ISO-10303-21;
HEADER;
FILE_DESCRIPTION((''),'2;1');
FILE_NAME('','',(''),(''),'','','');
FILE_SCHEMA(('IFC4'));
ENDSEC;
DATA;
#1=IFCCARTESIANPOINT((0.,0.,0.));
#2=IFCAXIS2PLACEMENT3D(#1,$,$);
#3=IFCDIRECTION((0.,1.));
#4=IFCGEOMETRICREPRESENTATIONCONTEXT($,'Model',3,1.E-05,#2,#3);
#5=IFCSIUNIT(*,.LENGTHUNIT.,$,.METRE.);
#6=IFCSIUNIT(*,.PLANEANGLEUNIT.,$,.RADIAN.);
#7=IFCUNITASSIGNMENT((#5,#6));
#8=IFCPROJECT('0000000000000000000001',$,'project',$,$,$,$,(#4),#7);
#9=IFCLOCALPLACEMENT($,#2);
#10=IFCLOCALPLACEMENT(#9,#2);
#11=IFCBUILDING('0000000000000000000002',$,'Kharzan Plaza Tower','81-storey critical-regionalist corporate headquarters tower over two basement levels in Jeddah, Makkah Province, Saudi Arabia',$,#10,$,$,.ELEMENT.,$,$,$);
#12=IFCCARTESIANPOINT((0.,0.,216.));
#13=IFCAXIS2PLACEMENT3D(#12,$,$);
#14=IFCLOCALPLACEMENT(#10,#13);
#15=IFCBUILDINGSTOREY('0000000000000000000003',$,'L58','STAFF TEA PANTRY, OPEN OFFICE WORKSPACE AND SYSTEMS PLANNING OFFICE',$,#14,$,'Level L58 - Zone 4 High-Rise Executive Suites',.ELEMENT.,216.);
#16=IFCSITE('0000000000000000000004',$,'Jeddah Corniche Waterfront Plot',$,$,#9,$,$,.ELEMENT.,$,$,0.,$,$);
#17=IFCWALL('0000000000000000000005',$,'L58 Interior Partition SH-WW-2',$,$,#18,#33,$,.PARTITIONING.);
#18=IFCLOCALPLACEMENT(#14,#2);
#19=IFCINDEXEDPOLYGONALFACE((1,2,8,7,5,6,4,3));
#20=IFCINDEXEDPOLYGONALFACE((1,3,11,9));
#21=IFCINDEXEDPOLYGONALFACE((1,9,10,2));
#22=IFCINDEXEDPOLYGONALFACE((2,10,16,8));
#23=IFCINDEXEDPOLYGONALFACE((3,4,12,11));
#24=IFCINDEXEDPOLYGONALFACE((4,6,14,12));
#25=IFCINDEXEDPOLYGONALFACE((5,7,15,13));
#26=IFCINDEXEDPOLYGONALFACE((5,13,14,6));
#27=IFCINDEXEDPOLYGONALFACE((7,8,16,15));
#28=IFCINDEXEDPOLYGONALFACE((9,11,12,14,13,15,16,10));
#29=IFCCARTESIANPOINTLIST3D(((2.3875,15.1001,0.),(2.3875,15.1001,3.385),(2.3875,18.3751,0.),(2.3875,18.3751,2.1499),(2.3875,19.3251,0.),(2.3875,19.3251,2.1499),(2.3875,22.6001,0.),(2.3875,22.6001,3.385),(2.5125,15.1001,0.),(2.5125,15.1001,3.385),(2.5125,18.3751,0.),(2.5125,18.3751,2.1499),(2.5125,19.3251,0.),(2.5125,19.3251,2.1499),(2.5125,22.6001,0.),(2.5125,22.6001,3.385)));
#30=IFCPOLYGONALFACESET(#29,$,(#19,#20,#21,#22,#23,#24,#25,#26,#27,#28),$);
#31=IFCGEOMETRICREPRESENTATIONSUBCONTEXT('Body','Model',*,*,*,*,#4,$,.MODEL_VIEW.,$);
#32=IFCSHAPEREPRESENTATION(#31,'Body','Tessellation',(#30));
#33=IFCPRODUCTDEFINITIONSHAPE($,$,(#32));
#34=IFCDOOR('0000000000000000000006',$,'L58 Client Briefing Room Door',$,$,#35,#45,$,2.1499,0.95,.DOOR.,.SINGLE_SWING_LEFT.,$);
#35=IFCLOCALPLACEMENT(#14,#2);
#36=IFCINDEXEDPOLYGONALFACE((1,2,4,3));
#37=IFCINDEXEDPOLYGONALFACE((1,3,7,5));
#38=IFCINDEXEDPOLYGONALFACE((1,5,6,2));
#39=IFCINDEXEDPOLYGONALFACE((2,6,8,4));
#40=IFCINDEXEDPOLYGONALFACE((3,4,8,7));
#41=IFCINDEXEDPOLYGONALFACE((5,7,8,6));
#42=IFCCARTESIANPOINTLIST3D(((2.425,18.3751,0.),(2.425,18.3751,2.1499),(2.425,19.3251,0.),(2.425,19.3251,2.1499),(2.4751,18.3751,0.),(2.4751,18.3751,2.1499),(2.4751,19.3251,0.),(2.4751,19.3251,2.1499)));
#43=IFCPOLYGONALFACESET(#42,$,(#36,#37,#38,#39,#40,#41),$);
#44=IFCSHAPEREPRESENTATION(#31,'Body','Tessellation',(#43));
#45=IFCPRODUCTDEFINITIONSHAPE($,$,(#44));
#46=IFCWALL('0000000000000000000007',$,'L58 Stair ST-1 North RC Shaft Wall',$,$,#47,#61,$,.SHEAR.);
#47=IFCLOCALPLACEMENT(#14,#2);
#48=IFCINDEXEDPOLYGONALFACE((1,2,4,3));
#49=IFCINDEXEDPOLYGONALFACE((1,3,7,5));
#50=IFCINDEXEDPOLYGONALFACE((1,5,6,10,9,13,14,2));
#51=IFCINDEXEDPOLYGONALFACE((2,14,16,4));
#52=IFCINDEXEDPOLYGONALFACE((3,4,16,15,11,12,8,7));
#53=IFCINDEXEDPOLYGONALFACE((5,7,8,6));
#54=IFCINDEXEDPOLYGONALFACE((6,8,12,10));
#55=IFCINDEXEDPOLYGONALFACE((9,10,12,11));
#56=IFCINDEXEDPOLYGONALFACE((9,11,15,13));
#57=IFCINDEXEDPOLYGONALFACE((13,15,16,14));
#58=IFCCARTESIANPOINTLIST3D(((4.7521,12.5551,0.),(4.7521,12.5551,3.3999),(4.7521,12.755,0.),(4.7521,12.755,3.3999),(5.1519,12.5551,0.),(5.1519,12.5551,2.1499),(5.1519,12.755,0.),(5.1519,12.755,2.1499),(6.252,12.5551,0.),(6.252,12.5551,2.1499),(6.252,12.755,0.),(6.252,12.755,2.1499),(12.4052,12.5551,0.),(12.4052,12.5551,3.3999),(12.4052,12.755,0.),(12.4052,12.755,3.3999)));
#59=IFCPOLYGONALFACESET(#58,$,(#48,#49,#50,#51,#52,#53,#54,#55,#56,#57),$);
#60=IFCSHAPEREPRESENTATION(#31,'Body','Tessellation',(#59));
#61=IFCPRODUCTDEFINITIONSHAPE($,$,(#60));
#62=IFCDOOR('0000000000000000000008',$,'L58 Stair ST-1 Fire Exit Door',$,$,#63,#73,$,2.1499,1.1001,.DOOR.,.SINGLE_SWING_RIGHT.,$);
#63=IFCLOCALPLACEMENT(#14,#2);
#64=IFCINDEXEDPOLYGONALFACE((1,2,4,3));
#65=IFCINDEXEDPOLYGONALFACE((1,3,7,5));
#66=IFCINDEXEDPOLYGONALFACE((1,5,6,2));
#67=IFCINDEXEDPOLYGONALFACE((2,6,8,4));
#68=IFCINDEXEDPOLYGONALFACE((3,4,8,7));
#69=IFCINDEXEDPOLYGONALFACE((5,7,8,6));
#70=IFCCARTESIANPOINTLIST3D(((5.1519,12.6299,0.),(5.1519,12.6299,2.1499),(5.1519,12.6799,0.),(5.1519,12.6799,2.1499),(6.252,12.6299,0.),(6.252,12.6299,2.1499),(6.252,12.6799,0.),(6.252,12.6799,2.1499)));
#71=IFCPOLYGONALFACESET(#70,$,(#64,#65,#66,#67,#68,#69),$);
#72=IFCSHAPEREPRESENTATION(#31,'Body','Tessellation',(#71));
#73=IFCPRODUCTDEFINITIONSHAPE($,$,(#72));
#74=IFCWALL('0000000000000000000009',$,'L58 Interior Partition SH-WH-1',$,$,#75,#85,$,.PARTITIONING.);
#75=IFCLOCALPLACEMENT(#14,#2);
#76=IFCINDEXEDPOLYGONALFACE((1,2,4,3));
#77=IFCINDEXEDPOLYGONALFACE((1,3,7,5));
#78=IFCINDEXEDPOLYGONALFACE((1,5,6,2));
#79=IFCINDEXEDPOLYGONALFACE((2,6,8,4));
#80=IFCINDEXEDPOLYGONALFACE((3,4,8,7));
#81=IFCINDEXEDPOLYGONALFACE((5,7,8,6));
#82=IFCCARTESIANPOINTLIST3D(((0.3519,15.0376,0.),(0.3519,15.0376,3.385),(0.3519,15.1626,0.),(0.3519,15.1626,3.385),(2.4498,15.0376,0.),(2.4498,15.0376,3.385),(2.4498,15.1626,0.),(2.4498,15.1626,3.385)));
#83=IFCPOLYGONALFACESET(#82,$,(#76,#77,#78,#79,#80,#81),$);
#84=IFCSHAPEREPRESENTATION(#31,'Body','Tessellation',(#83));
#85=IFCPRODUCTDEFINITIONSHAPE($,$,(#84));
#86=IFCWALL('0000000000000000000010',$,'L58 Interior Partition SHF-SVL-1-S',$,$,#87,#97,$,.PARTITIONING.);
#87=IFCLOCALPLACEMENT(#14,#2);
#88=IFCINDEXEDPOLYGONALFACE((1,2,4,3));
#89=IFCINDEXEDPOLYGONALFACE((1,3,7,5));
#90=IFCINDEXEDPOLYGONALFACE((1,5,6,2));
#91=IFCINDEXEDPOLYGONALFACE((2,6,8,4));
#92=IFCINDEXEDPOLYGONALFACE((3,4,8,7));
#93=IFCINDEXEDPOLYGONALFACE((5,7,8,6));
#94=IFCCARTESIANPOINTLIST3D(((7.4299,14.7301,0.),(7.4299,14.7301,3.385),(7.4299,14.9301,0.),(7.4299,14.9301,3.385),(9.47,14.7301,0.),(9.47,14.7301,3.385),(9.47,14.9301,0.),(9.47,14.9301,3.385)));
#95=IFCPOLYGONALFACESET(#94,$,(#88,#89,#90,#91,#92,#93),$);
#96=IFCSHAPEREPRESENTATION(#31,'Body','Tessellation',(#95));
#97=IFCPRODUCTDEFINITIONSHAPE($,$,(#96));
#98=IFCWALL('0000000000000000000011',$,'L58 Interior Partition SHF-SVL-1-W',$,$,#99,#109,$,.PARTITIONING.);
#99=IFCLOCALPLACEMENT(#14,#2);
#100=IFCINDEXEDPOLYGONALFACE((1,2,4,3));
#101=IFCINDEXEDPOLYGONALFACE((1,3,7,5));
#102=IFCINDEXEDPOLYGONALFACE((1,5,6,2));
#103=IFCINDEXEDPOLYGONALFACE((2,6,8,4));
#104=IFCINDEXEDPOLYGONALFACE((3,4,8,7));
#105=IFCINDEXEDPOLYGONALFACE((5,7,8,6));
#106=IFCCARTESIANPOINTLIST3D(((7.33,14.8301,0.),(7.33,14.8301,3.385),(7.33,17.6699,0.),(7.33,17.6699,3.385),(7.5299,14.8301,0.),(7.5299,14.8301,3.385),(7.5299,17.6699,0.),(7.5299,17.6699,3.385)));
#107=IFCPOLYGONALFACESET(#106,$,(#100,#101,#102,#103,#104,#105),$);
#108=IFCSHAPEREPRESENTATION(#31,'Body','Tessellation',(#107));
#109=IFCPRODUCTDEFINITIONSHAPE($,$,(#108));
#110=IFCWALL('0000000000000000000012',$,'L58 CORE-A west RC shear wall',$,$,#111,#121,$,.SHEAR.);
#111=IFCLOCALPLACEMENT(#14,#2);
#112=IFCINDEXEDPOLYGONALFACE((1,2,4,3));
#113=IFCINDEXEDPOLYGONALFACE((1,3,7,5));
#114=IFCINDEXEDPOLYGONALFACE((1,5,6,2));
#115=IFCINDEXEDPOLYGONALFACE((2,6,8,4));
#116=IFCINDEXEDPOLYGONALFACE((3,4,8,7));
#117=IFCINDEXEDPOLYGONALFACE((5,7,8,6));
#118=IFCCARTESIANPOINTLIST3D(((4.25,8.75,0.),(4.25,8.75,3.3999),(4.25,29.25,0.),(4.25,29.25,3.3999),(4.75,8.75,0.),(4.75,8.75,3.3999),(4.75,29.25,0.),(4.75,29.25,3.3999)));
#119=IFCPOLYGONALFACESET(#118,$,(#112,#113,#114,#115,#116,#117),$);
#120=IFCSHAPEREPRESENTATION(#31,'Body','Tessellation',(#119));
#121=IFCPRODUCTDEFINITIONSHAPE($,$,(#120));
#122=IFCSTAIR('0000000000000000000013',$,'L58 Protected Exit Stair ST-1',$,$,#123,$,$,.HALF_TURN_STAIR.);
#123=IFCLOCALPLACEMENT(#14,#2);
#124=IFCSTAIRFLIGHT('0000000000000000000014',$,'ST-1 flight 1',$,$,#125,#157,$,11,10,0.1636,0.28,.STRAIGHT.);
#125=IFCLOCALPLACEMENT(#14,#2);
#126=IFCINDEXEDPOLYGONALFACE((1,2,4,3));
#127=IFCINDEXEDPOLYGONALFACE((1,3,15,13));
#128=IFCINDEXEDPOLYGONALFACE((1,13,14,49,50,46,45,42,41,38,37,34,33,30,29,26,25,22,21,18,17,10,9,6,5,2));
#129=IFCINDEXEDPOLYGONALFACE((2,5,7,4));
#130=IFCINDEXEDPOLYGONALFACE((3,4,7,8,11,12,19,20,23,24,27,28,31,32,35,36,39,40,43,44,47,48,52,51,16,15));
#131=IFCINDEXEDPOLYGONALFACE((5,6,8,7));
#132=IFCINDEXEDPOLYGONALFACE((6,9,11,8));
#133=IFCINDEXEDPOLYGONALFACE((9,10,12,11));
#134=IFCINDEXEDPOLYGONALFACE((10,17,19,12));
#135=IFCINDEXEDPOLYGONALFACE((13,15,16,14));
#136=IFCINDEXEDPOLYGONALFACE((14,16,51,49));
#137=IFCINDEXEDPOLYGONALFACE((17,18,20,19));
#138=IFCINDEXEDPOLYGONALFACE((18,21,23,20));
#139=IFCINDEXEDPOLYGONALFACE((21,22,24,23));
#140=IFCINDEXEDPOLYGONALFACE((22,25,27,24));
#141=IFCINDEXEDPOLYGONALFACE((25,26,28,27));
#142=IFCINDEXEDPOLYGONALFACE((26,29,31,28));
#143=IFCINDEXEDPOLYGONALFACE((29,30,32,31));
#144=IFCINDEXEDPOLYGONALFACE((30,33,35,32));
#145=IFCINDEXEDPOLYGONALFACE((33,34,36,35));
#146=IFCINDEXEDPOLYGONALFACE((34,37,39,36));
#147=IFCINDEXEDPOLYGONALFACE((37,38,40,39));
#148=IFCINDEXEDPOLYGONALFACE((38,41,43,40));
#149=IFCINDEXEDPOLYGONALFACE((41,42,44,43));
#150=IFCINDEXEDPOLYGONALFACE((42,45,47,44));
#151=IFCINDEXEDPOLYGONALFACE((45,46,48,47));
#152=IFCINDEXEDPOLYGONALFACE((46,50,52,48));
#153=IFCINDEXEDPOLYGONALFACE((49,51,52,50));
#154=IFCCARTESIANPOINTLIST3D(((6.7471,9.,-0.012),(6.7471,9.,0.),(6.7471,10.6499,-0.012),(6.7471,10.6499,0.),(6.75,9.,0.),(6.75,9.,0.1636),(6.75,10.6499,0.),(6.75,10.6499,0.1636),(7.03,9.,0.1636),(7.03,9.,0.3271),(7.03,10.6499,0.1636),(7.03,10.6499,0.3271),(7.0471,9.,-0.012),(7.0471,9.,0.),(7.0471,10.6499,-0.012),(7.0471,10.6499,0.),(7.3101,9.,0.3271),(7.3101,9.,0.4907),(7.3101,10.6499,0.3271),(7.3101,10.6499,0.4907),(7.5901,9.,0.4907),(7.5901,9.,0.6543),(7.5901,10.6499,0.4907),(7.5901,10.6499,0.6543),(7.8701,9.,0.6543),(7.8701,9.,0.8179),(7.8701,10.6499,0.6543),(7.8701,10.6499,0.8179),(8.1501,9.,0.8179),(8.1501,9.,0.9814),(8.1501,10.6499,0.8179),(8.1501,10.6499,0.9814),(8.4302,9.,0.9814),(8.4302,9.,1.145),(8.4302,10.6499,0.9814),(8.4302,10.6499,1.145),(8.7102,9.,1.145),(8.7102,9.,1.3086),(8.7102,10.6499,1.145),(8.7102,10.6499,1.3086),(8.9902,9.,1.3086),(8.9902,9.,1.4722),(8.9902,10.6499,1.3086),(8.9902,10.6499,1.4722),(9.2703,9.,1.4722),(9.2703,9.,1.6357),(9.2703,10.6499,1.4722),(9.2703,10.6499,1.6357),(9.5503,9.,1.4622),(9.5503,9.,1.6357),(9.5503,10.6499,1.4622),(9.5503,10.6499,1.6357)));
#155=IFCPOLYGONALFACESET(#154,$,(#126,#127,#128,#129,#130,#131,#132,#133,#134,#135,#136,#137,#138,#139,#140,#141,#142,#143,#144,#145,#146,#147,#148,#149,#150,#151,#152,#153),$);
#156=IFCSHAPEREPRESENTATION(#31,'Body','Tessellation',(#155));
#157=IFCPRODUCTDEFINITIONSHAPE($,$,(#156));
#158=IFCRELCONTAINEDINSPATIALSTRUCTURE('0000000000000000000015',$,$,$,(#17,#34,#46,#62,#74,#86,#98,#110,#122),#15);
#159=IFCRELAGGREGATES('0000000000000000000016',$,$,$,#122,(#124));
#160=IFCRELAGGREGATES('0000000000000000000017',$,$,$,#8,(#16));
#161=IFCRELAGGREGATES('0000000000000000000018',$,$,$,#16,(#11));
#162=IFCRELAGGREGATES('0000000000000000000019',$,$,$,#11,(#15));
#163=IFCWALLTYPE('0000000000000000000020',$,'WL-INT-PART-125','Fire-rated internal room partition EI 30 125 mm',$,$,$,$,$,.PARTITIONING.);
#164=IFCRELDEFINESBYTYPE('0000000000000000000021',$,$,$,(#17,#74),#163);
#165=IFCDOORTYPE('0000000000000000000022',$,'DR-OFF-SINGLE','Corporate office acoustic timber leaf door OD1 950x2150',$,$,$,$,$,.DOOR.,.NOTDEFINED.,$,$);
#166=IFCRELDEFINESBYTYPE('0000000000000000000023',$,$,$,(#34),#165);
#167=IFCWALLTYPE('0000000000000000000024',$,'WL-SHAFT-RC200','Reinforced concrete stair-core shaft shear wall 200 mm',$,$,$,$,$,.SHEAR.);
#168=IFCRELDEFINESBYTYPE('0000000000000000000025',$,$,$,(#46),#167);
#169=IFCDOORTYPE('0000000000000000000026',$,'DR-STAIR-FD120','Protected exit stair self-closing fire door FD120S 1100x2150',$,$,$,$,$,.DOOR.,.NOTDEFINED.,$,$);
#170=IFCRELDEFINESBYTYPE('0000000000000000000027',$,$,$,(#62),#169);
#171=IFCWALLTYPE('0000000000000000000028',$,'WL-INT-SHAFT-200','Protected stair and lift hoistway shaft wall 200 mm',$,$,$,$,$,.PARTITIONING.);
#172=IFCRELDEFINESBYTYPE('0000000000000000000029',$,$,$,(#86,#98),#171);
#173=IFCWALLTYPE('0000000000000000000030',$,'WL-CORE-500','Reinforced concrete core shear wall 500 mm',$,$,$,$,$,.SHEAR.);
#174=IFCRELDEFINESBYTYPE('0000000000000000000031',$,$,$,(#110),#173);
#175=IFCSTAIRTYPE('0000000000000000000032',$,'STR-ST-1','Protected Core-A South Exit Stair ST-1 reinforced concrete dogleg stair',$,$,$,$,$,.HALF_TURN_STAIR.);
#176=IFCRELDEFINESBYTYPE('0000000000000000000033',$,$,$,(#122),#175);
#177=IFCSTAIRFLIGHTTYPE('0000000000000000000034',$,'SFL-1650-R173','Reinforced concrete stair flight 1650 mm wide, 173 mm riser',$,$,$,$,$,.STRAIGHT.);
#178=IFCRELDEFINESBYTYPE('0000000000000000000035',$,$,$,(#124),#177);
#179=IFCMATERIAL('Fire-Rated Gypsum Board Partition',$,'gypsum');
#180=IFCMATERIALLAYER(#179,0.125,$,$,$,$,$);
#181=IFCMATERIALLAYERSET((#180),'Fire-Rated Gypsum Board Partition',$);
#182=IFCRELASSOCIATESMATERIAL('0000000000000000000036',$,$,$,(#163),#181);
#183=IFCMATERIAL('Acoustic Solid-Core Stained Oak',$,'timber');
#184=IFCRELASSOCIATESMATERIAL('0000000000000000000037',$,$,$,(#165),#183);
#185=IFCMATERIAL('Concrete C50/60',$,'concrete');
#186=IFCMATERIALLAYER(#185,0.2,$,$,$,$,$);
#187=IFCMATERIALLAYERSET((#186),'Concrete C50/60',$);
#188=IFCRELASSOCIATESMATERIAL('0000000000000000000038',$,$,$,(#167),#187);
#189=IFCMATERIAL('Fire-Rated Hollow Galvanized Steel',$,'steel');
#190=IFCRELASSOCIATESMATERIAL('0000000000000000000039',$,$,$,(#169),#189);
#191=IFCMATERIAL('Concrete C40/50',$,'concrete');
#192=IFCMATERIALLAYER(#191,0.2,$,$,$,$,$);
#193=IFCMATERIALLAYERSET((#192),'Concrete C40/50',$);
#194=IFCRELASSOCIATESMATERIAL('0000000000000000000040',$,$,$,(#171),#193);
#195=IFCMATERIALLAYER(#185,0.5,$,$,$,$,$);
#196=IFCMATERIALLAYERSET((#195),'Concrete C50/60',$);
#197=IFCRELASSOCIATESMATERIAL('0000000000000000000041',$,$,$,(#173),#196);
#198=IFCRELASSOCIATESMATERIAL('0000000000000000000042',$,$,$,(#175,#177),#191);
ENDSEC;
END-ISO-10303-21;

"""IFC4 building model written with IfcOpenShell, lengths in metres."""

from ifc_helpers import new_model, si_unit, direction, frame, frame_2d, origin, place, context, subcontext, project, spatial, polyline, rectangle, outline, extrude, source, transform, mapped, material, layer, layer_set, type_object, element, fill, aggregate, save


model = new_model("IFC4")

# Units and contexts
model_context = context("Model", 3, precision=1e-05, world=origin(), true_north=direction((0.0, 1.0)))
body_context = subcontext(model_context, "Body", "Model", "MODEL_VIEW")
ifc_project = project(units=[si_unit("LENGTHUNIT", "METRE"), si_unit("PLANEANGLEUNIT", "RADIAN")], contexts=[model_context])

# Site, building, storey
site_placement = place(None, origin())
site = spatial("IfcSite", under=ifc_project, at=site_placement, Name="Jeddah Corniche Waterfront Plot", CompositionType="ELEMENT", RefElevation=0.0)
building_placement = place(site_placement, origin())
building = spatial("IfcBuilding", under=site, at=building_placement, Name="Kharzan Plaza Tower", Description="81-storey critical-regionalist corporate headquarters tower over two basement levels in Jeddah, Makkah Province, Saudi Arabia", CompositionType="ELEMENT")
storey_placement = place(building_placement, frame((0.0, 0.0, 216.0)))
storey = spatial("IfcBuildingStorey", under=building, at=storey_placement, Name="L58", Description="STAFF TEA PANTRY, OPEN OFFICE WORKSPACE AND SYSTEMS PLANNING OFFICE", LongName="Level L58 - Zone 4 High-Rise Executive Suites", CompositionType="ELEMENT", Elevation=216.0)

# Shared definitions
ifc_material_1 = material(Name="Concrete C50/60", Category="concrete")

# Shared definitions
ifc_material_2 = material(Name="Concrete C40/50", Category="concrete")

# Walls, openings, doors
ifc_material_3 = material(Name="Fire-Rated Gypsum Board Partition", Category="gypsum")
ifc_layer_1 = layer(ifc_material_3, 0.125)
ifc_layer_set_1 = layer_set([ifc_layer_1], Name="Fire-Rated Gypsum Board Partition")
wall_type_1 = type_object("IfcWallType", Name="WL-INT-PART-125", Description="Fire-rated internal room partition EI 30 125 mm", PredefinedType="PARTITIONING", material=ifc_layer_set_1)
wall_1_placement = place(storey_placement, frame((2.45, 15.1001, 0.0), z_axis=(0.0, 0.0, 1.0), x_axis=(0.0, 1.0, 0.0)))
wall_1 = element("IfcWall", 1, at=wall_1_placement, inside=storey, type_object=wall_type_1, Name="L58 Interior Partition SH-WW-2", PredefinedType="PARTITIONING", context=body_context, shape_type="SweptSolid", body=[
    extrude(rectangle(XDim=7.5, YDim=0.125, at=frame_2d((3.75, 0.0))), origin(), (0.0, 0.0, 1.0), 3.385),
])
opening_1_placement = place(wall_1_placement, frame((3.2749, 0.0, 0.0)))
opening_1 = element("IfcOpeningElement", 2, at=opening_1_placement, cuts=wall_1, PredefinedType="OPENING", context=body_context, shape_type="SweptSolid", body=[
    extrude(rectangle(XDim=0.95, YDim=2.1499, at=frame_2d((0.4751, 1.075))), frame((0.0, 0.0725, 0.0), z_axis=(0.0, -1.0, 0.0), x_axis=(1.0, 0.0, 0.0)), (0.0, 0.0, 1.0), 0.145),
])
ifc_material_4 = material(Name="Acoustic Solid-Core Stained Oak", Category="timber")
door_type_1 = type_object("IfcDoorType", Name="DR-OFF-SINGLE", Description="Corporate office acoustic timber leaf door OD1 950x2150", OperationType="NOTDEFINED", PredefinedType="DOOR", material=ifc_material_4)
shared_shape_1 = source(origin(), body_context, "Body", "SweptSolid", [
    extrude(rectangle(XDim=0.95, YDim=2.1499, at=frame_2d((0.4751, 1.075))), frame((0.0, 0.0249, 0.0), z_axis=(0.0, -1.0, 0.0), x_axis=(1.0, 0.0, 0.0)), (0.0, 0.0, 1.0), 0.05),
])
door_1_placement = place(opening_1_placement, origin())
door_1 = element("IfcDoor", 3, at=door_1_placement, inside=storey, type_object=door_type_1, Name="L58 Client Briefing Room Door", OperationType="SINGLE_SWING_LEFT", OverallHeight=2.1499, OverallWidth=0.95, PredefinedType="DOOR", context=body_context, shape_type="MappedRepresentation", body=[
    mapped(shared_shape_1, transform((0.0, 0.0, 0.0), x_axis=(1.0, 0.0, 0.0), y_axis=(0.0, 1.0, 0.0), z_axis=(0.0, 0.0, 1.0))),
])
fill(opening_1, door_1)
ifc_layer_2 = layer(ifc_material_1, 0.2)
ifc_layer_set_2 = layer_set([ifc_layer_2], Name="Concrete C50/60")
wall_type_2 = type_object("IfcWallType", Name="WL-SHAFT-RC200", Description="Reinforced concrete stair-core shaft shear wall 200 mm", PredefinedType="SHEAR", material=ifc_layer_set_2)
wall_2_placement = place(storey_placement, frame((4.752, 12.655, 0.0), z_axis=(0.0, 0.0, 1.0), x_axis=(1.0, 0.0, 0.0)))
wall_2 = element("IfcWall", 4, at=wall_2_placement, inside=storey, type_object=wall_type_2, Name="L58 Stair ST-1 North RC Shaft Wall", PredefinedType="SHEAR", context=body_context, shape_type="SweptSolid", body=[
    extrude(rectangle(XDim=7.6531, YDim=0.2, at=frame_2d((3.8267, 0.0))), origin(), (0.0, 0.0, 1.0), 3.3999),
])
opening_2_placement = place(wall_2_placement, frame((0.3999, 0.0, 0.0)))
opening_2 = element("IfcOpeningElement", 5, at=opening_2_placement, cuts=wall_2, PredefinedType="OPENING", context=body_context, shape_type="SweptSolid", body=[
    extrude(rectangle(XDim=1.1001, YDim=2.1499, at=frame_2d((0.55, 1.075))), frame((0.0, 0.1099, 0.0), z_axis=(0.0, -1.0, 0.0), x_axis=(1.0, 0.0, 0.0)), (0.0, 0.0, 1.0), 0.22),
])
ifc_material_5 = material(Name="Fire-Rated Hollow Galvanized Steel", Category="steel")
door_type_2 = type_object("IfcDoorType", Name="DR-STAIR-FD120", Description="Protected exit stair self-closing fire door FD120S 1100x2150", OperationType="NOTDEFINED", PredefinedType="DOOR", material=ifc_material_5)
shared_shape_2 = source(origin(), body_context, "Body", "SweptSolid", [
    extrude(rectangle(XDim=1.1001, YDim=2.1499, at=frame_2d((0.55, 1.075))), frame((0.0, 0.0249, 0.0), z_axis=(0.0, -1.0, 0.0), x_axis=(1.0, 0.0, 0.0)), (0.0, 0.0, 1.0), 0.05),
])
door_2_placement = place(opening_2_placement, origin())
door_2 = element("IfcDoor", 6, at=door_2_placement, inside=storey, type_object=door_type_2, Name="L58 Stair ST-1 Fire Exit Door", OperationType="SINGLE_SWING_RIGHT", OverallHeight=2.1499, OverallWidth=1.1001, PredefinedType="DOOR", context=body_context, shape_type="MappedRepresentation", body=[
    mapped(shared_shape_2, transform((0.0, 0.0, 0.0), x_axis=(1.0, 0.0, 0.0), y_axis=(0.0, 1.0, 0.0), z_axis=(0.0, 0.0, 1.0))),
])
fill(opening_2, door_2)

# Walls
shared_shape_3 = source(origin(), body_context, "Body", "SweptSolid", [
    extrude(rectangle(XDim=2.0979, YDim=0.125, at=frame_2d((1.0488, 0.0))), origin(), (0.0, 0.0, 1.0), 3.385),
])
wall_3_placement = place(storey_placement, frame((0.3521, 15.1001, 0.0), z_axis=(0.0, 0.0, 1.0), x_axis=(1.0, 0.0, 0.0)))
element("IfcWall", 7, at=wall_3_placement, inside=storey, type_object=wall_type_1, Name="L58 Interior Partition SH-WH-1", PredefinedType="PARTITIONING", context=body_context, shape_type="MappedRepresentation", body=[
    mapped(shared_shape_3, transform((0.0, 0.0, 0.0), x_axis=(1.0, 0.0, 0.0), y_axis=(0.0, 1.0, 0.0), z_axis=(0.0, 0.0, 1.0))),
])
ifc_layer_3 = layer(ifc_material_2, 0.2)
ifc_layer_set_3 = layer_set([ifc_layer_3], Name="Concrete C40/50")
wall_type_3 = type_object("IfcWallType", Name="WL-INT-SHAFT-200", Description="Protected stair and lift hoistway shaft wall 200 mm", PredefinedType="PARTITIONING", material=ifc_layer_set_3)
shared_shape_4 = source(origin(), body_context, "Body", "SweptSolid", [
    extrude(rectangle(XDim=2.04, YDim=0.2, at=frame_2d((1.02, 0.0))), origin(), (0.0, 0.0, 1.0), 3.385),
])
wall_4_placement = place(storey_placement, frame((7.4299, 14.8301, 0.0), z_axis=(0.0, 0.0, 1.0), x_axis=(1.0, 0.0, 0.0)))
element("IfcWall", 8, at=wall_4_placement, inside=storey, type_object=wall_type_3, Name="L58 Interior Partition SHF-SVL-1-S", PredefinedType="PARTITIONING", context=body_context, shape_type="MappedRepresentation", body=[
    mapped(shared_shape_4, transform((0.0, 0.0, 0.0), x_axis=(1.0, 0.0, 0.0), y_axis=(0.0, 1.0, 0.0), z_axis=(0.0, 0.0, 1.0))),
])
shared_shape_5 = source(origin(), body_context, "Body", "SweptSolid", [
    extrude(rectangle(XDim=2.8398, YDim=0.2, at=frame_2d((1.4199, 0.0))), origin(), (0.0, 0.0, 1.0), 3.385),
])
wall_5_placement = place(storey_placement, frame((7.4299, 14.8301, 0.0), z_axis=(0.0, 0.0, 1.0), x_axis=(0.0, 1.0, 0.0)))
element("IfcWall", 9, at=wall_5_placement, inside=storey, type_object=wall_type_3, Name="L58 Interior Partition SHF-SVL-1-W", PredefinedType="PARTITIONING", context=body_context, shape_type="MappedRepresentation", body=[
    mapped(shared_shape_5, transform((0.0, 0.0, 0.0), x_axis=(1.0, 0.0, 0.0), y_axis=(0.0, 1.0, 0.0), z_axis=(0.0, 0.0, 1.0))),
])
ifc_layer_4 = layer(ifc_material_1, 0.5)
ifc_layer_set_4 = layer_set([ifc_layer_4], Name="Concrete C50/60")
wall_type_4 = type_object("IfcWallType", Name="WL-CORE-500", Description="Reinforced concrete core shear wall 500 mm", PredefinedType="SHEAR", material=ifc_layer_set_4)
shared_shape_6 = source(origin(), body_context, "Body", "SweptSolid", [
    extrude(rectangle(XDim=20.5, YDim=0.5, at=frame_2d((10.25, 0.0))), origin(), (0.0, 0.0, 1.0), 3.3999),
])
wall_6_placement = place(storey_placement, frame((4.5, 8.75, 0.0), z_axis=(0.0, 0.0, 1.0), x_axis=(0.0, 1.0, 0.0)))
element("IfcWall", 10, at=wall_6_placement, inside=storey, type_object=wall_type_4, Name="L58 CORE-A west RC shear wall", PredefinedType="SHEAR", context=body_context, shape_type="MappedRepresentation", body=[
    mapped(shared_shape_6, transform((0.0, 0.0, 0.0), x_axis=(1.0, 0.0, 0.0), y_axis=(0.0, 1.0, 0.0), z_axis=(0.0, 0.0, 1.0))),
])

# Stair, stair flight
stair_type = type_object("IfcStairType", Name="STR-ST-1", Description="Protected Core-A South Exit Stair ST-1 reinforced concrete dogleg stair", PredefinedType="HALF_TURN_STAIR", material=ifc_material_2)
stair_placement = place(storey_placement, origin())
stair = element("IfcStair", 11, at=stair_placement, inside=storey, type_object=stair_type, Name="L58 Protected Exit Stair ST-1", PredefinedType="HALF_TURN_STAIR")
stair_flight_type = type_object("IfcStairFlightType", Name="SFL-1650-R173", Description="Reinforced concrete stair flight 1650 mm wide, 173 mm riser", PredefinedType="STRAIGHT", material=ifc_material_2)
shared_shape_7 = source(origin(), body_context, "Body", "SweptSolid", [
    extrude(outline(polyline([(-0.0029, -0.012), (-0.0029, 0.0), (0.0, 0.0), (0.0, 0.1636), (0.28, 0.1636), (0.28, 0.3271), (0.5601, 0.3271), (0.5601, 0.4907), (0.8401, 0.4907), (0.8401, 0.6543), (1.1201, 0.6543), (1.1201, 0.8179), (1.4001, 0.8179), (1.4001, 0.9814), (1.6802, 0.9814), (1.6802, 1.145), (1.9602, 1.145), (1.9602, 1.3086), (2.2402, 1.3086), (2.2402, 1.4722), (2.5203, 1.4722), (2.5203, 1.6357), (2.8003, 1.6357), (2.8003, 1.7993), (2.8003, 1.4622), (0.2971, 0.0), (0.2971, -0.012), (-0.0029, -0.012)])), frame((0.0, 0.825, 0.0), z_axis=(0.0, -1.0, 0.0), x_axis=(1.0, 0.0, 0.0)), (0.0, 0.0, 1.0), 1.6499),
])
stair_flight_placement = place(storey_placement, frame((6.75, 9.825, 0.0), z_axis=(0.0, 0.0, 1.0), x_axis=(1.0, 0.0, 0.0)))
stair_flight = element("IfcStairFlight", 12, at=stair_flight_placement, type_object=stair_flight_type, Name="ST-1 flight 1", NumberOfRisers=11, NumberOfTreads=10, PredefinedType="STRAIGHT", RiserHeight=0.1636, TreadLength=0.28, context=body_context, shape_type="MappedRepresentation", body=[
    mapped(shared_shape_7, transform((0.0, 0.0, 0.0), x_axis=(1.0, 0.0, 0.0), y_axis=(0.0, 1.0, 0.0), z_axis=(0.0, 0.0, 1.0))),
])
aggregate(stair, [stair_flight])

save(model, "model.ifc")
